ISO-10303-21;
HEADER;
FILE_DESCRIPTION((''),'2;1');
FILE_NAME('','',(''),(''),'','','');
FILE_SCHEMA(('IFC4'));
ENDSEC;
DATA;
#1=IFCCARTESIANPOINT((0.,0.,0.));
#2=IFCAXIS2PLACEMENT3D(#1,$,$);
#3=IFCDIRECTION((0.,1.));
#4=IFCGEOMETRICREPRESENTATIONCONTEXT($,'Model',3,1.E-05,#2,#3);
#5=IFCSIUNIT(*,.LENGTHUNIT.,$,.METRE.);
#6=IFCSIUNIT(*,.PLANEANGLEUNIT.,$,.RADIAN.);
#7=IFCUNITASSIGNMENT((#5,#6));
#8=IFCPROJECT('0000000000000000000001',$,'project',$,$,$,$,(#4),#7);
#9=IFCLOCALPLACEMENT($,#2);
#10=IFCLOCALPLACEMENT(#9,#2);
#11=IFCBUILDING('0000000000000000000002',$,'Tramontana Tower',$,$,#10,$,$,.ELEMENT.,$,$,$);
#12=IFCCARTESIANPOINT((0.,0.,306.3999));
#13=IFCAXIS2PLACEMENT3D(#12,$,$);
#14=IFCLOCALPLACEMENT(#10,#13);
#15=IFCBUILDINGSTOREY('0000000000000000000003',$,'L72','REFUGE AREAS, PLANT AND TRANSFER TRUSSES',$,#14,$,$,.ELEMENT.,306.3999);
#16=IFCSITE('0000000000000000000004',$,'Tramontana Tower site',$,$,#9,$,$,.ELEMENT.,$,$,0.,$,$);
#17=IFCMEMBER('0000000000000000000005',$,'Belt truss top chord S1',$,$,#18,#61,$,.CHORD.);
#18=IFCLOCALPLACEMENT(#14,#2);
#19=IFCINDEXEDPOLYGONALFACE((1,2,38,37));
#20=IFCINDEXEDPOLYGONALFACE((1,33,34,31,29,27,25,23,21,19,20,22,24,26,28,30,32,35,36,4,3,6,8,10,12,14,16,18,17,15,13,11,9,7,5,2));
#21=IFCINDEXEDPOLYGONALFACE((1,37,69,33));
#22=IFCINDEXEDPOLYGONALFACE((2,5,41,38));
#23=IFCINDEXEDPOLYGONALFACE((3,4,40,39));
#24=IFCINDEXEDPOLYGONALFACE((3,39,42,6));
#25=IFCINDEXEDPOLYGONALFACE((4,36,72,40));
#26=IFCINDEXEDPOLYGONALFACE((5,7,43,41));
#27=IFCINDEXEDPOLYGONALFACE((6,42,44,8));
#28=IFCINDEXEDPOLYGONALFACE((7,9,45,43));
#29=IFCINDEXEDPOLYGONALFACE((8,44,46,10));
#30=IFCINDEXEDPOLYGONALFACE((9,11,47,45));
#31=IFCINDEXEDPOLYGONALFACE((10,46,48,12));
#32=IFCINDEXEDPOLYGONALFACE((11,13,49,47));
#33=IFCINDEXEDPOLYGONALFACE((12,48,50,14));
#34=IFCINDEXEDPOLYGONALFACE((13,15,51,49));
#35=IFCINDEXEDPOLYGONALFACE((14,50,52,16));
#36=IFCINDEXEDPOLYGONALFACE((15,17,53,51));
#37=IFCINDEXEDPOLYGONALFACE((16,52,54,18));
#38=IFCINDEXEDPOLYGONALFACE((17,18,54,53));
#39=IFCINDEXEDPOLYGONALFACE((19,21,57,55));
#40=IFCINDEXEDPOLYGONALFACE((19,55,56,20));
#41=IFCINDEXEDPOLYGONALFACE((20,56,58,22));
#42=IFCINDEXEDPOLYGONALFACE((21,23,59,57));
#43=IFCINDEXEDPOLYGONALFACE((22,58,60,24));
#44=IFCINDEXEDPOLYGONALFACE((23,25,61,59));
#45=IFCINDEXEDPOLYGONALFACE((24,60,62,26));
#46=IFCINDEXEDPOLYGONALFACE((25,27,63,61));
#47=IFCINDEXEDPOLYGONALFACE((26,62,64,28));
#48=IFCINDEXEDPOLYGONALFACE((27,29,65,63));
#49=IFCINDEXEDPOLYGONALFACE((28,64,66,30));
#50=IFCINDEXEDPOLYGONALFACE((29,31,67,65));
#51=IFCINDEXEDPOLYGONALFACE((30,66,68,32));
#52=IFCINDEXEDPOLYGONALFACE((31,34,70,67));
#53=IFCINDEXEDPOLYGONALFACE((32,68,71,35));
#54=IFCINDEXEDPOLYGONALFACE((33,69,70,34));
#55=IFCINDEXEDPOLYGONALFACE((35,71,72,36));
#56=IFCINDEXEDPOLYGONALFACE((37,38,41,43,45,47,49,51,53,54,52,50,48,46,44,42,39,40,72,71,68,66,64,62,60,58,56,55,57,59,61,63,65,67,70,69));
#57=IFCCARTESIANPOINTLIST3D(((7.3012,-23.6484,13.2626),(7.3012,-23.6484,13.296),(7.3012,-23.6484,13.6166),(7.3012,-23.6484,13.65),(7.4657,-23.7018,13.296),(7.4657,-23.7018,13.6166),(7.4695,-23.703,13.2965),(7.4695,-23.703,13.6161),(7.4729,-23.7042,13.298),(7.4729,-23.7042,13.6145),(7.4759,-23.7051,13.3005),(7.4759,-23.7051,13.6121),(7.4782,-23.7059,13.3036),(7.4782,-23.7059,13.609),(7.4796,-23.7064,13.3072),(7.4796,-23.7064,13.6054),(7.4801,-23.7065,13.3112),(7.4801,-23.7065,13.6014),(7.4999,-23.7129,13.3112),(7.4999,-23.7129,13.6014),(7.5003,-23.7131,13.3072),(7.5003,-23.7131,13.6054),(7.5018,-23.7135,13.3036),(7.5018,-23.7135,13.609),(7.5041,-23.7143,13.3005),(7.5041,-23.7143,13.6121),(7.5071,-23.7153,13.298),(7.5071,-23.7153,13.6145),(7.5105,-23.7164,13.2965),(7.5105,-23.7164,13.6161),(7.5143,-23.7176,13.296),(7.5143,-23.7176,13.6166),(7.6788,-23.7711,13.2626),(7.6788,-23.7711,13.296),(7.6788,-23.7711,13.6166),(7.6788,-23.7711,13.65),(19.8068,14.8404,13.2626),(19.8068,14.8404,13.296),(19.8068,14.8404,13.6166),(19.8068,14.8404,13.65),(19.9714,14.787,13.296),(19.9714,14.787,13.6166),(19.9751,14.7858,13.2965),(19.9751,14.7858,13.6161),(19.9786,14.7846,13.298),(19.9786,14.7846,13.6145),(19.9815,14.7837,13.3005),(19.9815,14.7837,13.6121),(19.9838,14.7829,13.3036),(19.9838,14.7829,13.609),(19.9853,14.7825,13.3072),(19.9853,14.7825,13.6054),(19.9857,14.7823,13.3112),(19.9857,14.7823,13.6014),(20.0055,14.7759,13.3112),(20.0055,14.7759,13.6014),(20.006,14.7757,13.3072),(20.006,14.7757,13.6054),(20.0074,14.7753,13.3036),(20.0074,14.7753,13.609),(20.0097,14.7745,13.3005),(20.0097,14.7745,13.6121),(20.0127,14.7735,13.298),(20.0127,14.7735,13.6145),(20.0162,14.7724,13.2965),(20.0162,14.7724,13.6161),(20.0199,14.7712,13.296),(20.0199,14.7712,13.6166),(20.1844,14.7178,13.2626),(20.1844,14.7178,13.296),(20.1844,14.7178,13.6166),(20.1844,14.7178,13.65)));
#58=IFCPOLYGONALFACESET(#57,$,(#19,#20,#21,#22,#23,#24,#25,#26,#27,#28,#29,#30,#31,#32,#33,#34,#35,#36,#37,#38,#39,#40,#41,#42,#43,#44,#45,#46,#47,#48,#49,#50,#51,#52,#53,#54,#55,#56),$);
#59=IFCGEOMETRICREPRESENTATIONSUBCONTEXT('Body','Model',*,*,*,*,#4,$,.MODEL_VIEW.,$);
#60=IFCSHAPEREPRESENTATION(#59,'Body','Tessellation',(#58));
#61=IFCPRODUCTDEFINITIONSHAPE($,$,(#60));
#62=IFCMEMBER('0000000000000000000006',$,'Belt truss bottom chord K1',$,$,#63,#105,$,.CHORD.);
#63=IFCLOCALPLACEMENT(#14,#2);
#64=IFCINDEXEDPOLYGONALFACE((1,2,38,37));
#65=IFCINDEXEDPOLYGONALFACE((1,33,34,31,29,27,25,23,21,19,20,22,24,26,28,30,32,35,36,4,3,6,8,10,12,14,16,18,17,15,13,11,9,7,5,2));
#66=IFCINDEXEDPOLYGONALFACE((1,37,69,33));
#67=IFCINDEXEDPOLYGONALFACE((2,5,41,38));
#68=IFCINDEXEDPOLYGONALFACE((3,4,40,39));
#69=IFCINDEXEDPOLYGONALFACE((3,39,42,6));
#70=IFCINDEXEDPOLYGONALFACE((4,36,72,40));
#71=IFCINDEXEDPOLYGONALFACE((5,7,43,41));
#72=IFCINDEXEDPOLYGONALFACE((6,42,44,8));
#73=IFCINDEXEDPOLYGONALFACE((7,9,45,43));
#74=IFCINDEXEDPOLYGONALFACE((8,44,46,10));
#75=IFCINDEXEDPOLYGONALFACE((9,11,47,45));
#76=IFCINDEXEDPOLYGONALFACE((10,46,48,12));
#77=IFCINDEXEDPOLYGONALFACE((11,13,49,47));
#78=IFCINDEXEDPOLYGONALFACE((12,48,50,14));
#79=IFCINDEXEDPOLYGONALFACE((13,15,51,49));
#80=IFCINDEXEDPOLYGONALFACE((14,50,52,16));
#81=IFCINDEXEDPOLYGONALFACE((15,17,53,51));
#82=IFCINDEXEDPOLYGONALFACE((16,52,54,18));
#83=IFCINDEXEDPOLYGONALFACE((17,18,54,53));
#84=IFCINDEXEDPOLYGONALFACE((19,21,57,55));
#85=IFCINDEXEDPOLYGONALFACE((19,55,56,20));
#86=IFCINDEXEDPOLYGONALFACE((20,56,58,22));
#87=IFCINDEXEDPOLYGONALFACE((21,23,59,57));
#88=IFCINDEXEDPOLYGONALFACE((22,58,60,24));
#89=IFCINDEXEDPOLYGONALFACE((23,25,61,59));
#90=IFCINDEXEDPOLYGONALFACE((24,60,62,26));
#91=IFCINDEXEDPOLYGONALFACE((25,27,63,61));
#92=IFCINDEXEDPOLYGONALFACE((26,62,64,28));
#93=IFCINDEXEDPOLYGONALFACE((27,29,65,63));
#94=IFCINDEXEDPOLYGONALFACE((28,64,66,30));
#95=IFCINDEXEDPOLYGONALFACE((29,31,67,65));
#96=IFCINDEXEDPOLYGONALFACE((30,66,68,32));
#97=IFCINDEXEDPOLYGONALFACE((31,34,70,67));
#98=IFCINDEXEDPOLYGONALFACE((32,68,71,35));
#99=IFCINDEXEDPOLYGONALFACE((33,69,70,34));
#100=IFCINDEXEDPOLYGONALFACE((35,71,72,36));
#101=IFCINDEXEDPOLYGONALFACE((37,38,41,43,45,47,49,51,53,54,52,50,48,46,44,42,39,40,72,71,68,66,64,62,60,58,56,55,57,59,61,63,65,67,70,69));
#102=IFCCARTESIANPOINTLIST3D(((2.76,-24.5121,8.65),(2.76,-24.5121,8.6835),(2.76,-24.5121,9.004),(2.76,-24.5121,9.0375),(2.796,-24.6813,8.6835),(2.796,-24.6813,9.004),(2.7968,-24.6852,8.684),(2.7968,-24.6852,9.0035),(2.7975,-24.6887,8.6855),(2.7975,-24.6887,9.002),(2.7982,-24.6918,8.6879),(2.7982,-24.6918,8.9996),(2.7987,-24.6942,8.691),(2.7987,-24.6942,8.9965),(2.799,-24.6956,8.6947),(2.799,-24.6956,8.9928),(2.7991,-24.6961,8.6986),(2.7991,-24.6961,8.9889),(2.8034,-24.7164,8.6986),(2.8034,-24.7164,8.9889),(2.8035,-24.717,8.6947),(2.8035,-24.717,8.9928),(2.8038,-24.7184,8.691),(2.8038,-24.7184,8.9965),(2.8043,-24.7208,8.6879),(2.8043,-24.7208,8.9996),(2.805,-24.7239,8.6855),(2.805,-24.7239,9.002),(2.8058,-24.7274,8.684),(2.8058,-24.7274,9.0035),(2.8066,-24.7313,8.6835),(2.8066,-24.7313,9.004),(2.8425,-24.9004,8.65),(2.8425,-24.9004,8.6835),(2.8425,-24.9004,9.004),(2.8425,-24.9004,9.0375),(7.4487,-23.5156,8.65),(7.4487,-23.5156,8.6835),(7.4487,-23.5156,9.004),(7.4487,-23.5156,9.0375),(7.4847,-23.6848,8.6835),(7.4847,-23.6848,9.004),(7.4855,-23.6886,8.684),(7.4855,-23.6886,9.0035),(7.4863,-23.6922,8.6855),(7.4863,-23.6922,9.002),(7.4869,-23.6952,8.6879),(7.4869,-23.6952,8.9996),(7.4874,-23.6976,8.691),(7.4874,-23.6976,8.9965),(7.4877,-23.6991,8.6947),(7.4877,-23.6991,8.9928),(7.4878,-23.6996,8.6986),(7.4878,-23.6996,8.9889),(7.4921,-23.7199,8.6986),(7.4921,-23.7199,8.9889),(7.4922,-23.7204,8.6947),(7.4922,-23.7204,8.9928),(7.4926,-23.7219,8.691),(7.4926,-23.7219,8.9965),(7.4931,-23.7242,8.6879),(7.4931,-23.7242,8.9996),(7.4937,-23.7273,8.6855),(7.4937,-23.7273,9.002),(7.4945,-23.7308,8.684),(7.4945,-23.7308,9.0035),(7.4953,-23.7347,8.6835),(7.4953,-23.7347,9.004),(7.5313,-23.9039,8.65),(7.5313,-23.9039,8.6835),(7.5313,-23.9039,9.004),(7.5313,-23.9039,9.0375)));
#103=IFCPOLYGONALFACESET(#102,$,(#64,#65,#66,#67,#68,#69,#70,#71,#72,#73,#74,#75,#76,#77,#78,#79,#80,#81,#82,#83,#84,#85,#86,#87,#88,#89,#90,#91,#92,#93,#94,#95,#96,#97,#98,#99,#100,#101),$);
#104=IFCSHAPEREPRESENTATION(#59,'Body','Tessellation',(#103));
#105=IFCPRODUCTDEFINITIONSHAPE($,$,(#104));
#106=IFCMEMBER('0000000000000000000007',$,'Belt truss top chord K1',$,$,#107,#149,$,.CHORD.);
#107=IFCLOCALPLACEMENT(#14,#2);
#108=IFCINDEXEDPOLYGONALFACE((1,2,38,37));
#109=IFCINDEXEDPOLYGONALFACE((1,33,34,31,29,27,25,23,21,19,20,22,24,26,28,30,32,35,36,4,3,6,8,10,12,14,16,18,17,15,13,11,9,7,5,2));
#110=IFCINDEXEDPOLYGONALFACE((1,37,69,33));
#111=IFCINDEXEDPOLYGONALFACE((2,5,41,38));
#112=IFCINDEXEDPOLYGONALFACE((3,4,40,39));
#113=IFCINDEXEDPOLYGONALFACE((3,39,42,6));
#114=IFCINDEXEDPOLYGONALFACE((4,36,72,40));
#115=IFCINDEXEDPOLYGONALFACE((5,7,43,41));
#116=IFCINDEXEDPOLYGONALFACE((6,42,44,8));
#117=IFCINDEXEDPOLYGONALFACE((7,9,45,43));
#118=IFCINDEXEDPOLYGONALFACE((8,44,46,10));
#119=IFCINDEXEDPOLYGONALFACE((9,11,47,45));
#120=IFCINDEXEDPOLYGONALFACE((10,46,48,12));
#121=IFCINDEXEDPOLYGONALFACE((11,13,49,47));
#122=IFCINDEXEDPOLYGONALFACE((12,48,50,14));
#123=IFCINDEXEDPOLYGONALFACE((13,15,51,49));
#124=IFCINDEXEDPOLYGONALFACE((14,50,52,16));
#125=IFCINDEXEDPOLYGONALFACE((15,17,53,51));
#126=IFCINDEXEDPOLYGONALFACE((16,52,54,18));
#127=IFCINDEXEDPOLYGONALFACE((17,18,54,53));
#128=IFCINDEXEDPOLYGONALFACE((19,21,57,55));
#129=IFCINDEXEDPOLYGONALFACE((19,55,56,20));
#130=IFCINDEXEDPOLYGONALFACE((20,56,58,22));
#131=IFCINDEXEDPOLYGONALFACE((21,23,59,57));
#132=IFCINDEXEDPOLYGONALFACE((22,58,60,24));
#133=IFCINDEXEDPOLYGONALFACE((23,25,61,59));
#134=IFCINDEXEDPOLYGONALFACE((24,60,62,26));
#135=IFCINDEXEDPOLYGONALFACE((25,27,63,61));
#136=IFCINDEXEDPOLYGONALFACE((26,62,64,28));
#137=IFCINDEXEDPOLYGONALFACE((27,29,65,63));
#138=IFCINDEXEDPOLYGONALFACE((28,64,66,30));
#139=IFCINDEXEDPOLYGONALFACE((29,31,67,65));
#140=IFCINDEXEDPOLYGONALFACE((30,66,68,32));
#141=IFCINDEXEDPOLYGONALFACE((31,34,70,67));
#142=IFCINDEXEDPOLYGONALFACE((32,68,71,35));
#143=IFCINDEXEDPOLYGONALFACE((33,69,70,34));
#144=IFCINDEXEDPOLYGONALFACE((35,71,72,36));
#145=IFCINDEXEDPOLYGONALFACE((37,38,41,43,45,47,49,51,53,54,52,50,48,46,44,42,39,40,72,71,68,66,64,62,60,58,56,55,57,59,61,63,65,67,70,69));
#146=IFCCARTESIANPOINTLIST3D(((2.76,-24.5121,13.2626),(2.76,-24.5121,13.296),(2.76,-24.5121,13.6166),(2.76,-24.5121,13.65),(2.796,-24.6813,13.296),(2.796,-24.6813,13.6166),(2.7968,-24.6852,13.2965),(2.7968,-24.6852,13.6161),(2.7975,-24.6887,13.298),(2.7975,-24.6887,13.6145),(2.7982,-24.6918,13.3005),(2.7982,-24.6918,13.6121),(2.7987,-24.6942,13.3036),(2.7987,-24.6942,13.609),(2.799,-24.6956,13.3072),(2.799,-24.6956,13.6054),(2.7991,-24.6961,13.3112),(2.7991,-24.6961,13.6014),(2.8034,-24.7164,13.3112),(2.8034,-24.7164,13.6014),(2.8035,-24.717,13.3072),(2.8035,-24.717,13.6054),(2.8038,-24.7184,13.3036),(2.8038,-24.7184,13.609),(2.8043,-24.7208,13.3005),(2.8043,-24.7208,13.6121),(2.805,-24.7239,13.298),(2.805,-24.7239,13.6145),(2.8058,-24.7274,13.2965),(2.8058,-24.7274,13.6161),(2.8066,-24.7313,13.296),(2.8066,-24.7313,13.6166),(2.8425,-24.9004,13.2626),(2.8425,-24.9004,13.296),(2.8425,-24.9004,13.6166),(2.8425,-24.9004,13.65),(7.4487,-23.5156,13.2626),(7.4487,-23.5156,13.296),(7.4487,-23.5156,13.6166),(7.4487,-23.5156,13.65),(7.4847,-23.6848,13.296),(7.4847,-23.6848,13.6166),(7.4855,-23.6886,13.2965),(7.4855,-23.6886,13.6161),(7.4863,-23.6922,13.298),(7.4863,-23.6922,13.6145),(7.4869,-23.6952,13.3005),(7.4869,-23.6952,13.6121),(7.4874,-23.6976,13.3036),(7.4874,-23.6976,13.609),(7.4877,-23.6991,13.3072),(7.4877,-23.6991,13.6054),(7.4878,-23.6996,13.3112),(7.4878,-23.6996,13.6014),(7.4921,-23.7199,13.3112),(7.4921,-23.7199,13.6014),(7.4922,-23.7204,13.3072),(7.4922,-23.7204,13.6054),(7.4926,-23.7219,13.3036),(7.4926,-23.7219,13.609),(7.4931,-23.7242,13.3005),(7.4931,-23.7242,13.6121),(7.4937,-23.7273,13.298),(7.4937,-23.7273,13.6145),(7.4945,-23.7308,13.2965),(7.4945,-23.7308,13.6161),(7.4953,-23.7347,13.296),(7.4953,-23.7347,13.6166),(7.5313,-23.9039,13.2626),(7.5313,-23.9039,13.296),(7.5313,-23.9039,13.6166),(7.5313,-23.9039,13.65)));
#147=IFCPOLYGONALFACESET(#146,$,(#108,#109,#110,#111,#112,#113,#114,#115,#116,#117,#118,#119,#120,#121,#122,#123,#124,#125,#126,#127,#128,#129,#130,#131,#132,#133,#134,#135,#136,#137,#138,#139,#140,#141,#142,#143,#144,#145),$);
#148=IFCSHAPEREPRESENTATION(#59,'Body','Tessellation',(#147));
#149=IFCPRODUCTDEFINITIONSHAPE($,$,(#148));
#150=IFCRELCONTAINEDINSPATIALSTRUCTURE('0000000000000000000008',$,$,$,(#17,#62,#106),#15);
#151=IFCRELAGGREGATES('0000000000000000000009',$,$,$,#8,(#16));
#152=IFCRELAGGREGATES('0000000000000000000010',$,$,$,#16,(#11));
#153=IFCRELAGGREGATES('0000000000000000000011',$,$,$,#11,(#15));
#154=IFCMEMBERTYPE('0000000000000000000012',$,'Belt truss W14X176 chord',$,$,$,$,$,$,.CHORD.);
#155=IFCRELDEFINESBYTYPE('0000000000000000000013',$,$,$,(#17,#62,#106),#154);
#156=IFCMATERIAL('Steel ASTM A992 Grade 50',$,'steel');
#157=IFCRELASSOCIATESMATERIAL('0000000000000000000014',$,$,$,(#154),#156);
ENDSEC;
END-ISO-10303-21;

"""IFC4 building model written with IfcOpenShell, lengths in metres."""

from ifc_helpers import new_model, si_unit, direction, frame, origin, origin_2d, place, context, subcontext, project, spatial, i_section, extrude, material, material_profile, profile_set, type_object, element, save


model = new_model("IFC4")

# Units and contexts
model_context = context("Model", 3, precision=1e-05, world=origin(), true_north=direction((0.0, 1.0)))
body_context = subcontext(model_context, "Body", "Model", "MODEL_VIEW")
ifc_project = project(units=[si_unit("LENGTHUNIT", "METRE"), si_unit("PLANEANGLEUNIT", "RADIAN")], contexts=[model_context])

# Site, building, storey
site_placement = place(None, origin())
site = spatial("IfcSite", under=ifc_project, at=site_placement, Name="Tramontana Tower site", CompositionType="ELEMENT", RefElevation=0.0)
building_placement = place(site_placement, origin())
building = spatial("IfcBuilding", under=site, at=building_placement, Name="Tramontana Tower", CompositionType="ELEMENT")
storey_placement = place(building_placement, frame((0.0, 0.0, 306.3999)))
storey = spatial("IfcBuildingStorey", under=building, at=storey_placement, Name="L72", Description="REFUGE AREAS, PLANT AND TRANSFER TRUSSES", CompositionType="ELEMENT", Elevation=306.3999)

# Members
ifc_material_1 = material(Name="Steel ASTM A992 Grade 50", Category="steel")
ifc_material_profile_1 = material_profile(ifc_material_1, i_section(OverallWidth=0.397, OverallDepth=0.3875, WebThickness=0.0208, FlangeThickness=0.0334, FilletRadius=0.0151, at=origin_2d()), Name="W14X176")
ifc_profile_set_1 = profile_set([ifc_material_profile_1], Name="Steel ASTM A992 Grade 50")
member_type_1 = type_object("IfcMemberType", Name="Belt truss W14X176 chord", PredefinedType="CHORD", material=ifc_profile_set_1)
for number, where, z_axis, x_axis, name in (
    (1, (7.49, -23.7097, 13.4563), (0.309014, 0.951058, 0.0), (-0.951058, 0.309014, 0.0), "Belt truss top chord S1"),
):
    element("IfcMember", number, at=place(storey_placement, frame(where, z_axis=z_axis, x_axis=x_axis)), inside=storey, type_object=member_type_1, Name=name, PredefinedType="CHORD", context=body_context, shape_type="SweptSolid", body=[
        extrude(i_section(OverallWidth=0.397, OverallDepth=0.3875, WebThickness=0.0208, FlangeThickness=0.0334, FilletRadius=0.0151, at=origin_2d()), origin(), (0.0, 0.0, 1.0), 40.4695),
    ])
for number, where, z_axis, x_axis, name in (
    (2, (2.8013, -24.7063, 8.8438), (0.978149, 0.207904, 0.0), (-0.207904, 0.978149, 0.0), "Belt truss bottom chord K1"),
    (3, (2.8013, -24.7063, 13.4563), (0.978149, 0.207904, 0.0), (-0.207904, 0.978149, 0.0), "Belt truss top chord K1"),
):
    element("IfcMember", number, at=place(storey_placement, frame(where, z_axis=z_axis, x_axis=x_axis)), inside=storey, type_object=member_type_1, Name=name, PredefinedType="CHORD", context=body_context, shape_type="SweptSolid", body=[
        extrude(i_section(OverallWidth=0.397, OverallDepth=0.3875, WebThickness=0.0208, FlangeThickness=0.0334, FilletRadius=0.0151, at=origin_2d()), origin(), (0.0, 0.0, 1.0), 4.7935),
    ])

save(model, "model.ifc")
